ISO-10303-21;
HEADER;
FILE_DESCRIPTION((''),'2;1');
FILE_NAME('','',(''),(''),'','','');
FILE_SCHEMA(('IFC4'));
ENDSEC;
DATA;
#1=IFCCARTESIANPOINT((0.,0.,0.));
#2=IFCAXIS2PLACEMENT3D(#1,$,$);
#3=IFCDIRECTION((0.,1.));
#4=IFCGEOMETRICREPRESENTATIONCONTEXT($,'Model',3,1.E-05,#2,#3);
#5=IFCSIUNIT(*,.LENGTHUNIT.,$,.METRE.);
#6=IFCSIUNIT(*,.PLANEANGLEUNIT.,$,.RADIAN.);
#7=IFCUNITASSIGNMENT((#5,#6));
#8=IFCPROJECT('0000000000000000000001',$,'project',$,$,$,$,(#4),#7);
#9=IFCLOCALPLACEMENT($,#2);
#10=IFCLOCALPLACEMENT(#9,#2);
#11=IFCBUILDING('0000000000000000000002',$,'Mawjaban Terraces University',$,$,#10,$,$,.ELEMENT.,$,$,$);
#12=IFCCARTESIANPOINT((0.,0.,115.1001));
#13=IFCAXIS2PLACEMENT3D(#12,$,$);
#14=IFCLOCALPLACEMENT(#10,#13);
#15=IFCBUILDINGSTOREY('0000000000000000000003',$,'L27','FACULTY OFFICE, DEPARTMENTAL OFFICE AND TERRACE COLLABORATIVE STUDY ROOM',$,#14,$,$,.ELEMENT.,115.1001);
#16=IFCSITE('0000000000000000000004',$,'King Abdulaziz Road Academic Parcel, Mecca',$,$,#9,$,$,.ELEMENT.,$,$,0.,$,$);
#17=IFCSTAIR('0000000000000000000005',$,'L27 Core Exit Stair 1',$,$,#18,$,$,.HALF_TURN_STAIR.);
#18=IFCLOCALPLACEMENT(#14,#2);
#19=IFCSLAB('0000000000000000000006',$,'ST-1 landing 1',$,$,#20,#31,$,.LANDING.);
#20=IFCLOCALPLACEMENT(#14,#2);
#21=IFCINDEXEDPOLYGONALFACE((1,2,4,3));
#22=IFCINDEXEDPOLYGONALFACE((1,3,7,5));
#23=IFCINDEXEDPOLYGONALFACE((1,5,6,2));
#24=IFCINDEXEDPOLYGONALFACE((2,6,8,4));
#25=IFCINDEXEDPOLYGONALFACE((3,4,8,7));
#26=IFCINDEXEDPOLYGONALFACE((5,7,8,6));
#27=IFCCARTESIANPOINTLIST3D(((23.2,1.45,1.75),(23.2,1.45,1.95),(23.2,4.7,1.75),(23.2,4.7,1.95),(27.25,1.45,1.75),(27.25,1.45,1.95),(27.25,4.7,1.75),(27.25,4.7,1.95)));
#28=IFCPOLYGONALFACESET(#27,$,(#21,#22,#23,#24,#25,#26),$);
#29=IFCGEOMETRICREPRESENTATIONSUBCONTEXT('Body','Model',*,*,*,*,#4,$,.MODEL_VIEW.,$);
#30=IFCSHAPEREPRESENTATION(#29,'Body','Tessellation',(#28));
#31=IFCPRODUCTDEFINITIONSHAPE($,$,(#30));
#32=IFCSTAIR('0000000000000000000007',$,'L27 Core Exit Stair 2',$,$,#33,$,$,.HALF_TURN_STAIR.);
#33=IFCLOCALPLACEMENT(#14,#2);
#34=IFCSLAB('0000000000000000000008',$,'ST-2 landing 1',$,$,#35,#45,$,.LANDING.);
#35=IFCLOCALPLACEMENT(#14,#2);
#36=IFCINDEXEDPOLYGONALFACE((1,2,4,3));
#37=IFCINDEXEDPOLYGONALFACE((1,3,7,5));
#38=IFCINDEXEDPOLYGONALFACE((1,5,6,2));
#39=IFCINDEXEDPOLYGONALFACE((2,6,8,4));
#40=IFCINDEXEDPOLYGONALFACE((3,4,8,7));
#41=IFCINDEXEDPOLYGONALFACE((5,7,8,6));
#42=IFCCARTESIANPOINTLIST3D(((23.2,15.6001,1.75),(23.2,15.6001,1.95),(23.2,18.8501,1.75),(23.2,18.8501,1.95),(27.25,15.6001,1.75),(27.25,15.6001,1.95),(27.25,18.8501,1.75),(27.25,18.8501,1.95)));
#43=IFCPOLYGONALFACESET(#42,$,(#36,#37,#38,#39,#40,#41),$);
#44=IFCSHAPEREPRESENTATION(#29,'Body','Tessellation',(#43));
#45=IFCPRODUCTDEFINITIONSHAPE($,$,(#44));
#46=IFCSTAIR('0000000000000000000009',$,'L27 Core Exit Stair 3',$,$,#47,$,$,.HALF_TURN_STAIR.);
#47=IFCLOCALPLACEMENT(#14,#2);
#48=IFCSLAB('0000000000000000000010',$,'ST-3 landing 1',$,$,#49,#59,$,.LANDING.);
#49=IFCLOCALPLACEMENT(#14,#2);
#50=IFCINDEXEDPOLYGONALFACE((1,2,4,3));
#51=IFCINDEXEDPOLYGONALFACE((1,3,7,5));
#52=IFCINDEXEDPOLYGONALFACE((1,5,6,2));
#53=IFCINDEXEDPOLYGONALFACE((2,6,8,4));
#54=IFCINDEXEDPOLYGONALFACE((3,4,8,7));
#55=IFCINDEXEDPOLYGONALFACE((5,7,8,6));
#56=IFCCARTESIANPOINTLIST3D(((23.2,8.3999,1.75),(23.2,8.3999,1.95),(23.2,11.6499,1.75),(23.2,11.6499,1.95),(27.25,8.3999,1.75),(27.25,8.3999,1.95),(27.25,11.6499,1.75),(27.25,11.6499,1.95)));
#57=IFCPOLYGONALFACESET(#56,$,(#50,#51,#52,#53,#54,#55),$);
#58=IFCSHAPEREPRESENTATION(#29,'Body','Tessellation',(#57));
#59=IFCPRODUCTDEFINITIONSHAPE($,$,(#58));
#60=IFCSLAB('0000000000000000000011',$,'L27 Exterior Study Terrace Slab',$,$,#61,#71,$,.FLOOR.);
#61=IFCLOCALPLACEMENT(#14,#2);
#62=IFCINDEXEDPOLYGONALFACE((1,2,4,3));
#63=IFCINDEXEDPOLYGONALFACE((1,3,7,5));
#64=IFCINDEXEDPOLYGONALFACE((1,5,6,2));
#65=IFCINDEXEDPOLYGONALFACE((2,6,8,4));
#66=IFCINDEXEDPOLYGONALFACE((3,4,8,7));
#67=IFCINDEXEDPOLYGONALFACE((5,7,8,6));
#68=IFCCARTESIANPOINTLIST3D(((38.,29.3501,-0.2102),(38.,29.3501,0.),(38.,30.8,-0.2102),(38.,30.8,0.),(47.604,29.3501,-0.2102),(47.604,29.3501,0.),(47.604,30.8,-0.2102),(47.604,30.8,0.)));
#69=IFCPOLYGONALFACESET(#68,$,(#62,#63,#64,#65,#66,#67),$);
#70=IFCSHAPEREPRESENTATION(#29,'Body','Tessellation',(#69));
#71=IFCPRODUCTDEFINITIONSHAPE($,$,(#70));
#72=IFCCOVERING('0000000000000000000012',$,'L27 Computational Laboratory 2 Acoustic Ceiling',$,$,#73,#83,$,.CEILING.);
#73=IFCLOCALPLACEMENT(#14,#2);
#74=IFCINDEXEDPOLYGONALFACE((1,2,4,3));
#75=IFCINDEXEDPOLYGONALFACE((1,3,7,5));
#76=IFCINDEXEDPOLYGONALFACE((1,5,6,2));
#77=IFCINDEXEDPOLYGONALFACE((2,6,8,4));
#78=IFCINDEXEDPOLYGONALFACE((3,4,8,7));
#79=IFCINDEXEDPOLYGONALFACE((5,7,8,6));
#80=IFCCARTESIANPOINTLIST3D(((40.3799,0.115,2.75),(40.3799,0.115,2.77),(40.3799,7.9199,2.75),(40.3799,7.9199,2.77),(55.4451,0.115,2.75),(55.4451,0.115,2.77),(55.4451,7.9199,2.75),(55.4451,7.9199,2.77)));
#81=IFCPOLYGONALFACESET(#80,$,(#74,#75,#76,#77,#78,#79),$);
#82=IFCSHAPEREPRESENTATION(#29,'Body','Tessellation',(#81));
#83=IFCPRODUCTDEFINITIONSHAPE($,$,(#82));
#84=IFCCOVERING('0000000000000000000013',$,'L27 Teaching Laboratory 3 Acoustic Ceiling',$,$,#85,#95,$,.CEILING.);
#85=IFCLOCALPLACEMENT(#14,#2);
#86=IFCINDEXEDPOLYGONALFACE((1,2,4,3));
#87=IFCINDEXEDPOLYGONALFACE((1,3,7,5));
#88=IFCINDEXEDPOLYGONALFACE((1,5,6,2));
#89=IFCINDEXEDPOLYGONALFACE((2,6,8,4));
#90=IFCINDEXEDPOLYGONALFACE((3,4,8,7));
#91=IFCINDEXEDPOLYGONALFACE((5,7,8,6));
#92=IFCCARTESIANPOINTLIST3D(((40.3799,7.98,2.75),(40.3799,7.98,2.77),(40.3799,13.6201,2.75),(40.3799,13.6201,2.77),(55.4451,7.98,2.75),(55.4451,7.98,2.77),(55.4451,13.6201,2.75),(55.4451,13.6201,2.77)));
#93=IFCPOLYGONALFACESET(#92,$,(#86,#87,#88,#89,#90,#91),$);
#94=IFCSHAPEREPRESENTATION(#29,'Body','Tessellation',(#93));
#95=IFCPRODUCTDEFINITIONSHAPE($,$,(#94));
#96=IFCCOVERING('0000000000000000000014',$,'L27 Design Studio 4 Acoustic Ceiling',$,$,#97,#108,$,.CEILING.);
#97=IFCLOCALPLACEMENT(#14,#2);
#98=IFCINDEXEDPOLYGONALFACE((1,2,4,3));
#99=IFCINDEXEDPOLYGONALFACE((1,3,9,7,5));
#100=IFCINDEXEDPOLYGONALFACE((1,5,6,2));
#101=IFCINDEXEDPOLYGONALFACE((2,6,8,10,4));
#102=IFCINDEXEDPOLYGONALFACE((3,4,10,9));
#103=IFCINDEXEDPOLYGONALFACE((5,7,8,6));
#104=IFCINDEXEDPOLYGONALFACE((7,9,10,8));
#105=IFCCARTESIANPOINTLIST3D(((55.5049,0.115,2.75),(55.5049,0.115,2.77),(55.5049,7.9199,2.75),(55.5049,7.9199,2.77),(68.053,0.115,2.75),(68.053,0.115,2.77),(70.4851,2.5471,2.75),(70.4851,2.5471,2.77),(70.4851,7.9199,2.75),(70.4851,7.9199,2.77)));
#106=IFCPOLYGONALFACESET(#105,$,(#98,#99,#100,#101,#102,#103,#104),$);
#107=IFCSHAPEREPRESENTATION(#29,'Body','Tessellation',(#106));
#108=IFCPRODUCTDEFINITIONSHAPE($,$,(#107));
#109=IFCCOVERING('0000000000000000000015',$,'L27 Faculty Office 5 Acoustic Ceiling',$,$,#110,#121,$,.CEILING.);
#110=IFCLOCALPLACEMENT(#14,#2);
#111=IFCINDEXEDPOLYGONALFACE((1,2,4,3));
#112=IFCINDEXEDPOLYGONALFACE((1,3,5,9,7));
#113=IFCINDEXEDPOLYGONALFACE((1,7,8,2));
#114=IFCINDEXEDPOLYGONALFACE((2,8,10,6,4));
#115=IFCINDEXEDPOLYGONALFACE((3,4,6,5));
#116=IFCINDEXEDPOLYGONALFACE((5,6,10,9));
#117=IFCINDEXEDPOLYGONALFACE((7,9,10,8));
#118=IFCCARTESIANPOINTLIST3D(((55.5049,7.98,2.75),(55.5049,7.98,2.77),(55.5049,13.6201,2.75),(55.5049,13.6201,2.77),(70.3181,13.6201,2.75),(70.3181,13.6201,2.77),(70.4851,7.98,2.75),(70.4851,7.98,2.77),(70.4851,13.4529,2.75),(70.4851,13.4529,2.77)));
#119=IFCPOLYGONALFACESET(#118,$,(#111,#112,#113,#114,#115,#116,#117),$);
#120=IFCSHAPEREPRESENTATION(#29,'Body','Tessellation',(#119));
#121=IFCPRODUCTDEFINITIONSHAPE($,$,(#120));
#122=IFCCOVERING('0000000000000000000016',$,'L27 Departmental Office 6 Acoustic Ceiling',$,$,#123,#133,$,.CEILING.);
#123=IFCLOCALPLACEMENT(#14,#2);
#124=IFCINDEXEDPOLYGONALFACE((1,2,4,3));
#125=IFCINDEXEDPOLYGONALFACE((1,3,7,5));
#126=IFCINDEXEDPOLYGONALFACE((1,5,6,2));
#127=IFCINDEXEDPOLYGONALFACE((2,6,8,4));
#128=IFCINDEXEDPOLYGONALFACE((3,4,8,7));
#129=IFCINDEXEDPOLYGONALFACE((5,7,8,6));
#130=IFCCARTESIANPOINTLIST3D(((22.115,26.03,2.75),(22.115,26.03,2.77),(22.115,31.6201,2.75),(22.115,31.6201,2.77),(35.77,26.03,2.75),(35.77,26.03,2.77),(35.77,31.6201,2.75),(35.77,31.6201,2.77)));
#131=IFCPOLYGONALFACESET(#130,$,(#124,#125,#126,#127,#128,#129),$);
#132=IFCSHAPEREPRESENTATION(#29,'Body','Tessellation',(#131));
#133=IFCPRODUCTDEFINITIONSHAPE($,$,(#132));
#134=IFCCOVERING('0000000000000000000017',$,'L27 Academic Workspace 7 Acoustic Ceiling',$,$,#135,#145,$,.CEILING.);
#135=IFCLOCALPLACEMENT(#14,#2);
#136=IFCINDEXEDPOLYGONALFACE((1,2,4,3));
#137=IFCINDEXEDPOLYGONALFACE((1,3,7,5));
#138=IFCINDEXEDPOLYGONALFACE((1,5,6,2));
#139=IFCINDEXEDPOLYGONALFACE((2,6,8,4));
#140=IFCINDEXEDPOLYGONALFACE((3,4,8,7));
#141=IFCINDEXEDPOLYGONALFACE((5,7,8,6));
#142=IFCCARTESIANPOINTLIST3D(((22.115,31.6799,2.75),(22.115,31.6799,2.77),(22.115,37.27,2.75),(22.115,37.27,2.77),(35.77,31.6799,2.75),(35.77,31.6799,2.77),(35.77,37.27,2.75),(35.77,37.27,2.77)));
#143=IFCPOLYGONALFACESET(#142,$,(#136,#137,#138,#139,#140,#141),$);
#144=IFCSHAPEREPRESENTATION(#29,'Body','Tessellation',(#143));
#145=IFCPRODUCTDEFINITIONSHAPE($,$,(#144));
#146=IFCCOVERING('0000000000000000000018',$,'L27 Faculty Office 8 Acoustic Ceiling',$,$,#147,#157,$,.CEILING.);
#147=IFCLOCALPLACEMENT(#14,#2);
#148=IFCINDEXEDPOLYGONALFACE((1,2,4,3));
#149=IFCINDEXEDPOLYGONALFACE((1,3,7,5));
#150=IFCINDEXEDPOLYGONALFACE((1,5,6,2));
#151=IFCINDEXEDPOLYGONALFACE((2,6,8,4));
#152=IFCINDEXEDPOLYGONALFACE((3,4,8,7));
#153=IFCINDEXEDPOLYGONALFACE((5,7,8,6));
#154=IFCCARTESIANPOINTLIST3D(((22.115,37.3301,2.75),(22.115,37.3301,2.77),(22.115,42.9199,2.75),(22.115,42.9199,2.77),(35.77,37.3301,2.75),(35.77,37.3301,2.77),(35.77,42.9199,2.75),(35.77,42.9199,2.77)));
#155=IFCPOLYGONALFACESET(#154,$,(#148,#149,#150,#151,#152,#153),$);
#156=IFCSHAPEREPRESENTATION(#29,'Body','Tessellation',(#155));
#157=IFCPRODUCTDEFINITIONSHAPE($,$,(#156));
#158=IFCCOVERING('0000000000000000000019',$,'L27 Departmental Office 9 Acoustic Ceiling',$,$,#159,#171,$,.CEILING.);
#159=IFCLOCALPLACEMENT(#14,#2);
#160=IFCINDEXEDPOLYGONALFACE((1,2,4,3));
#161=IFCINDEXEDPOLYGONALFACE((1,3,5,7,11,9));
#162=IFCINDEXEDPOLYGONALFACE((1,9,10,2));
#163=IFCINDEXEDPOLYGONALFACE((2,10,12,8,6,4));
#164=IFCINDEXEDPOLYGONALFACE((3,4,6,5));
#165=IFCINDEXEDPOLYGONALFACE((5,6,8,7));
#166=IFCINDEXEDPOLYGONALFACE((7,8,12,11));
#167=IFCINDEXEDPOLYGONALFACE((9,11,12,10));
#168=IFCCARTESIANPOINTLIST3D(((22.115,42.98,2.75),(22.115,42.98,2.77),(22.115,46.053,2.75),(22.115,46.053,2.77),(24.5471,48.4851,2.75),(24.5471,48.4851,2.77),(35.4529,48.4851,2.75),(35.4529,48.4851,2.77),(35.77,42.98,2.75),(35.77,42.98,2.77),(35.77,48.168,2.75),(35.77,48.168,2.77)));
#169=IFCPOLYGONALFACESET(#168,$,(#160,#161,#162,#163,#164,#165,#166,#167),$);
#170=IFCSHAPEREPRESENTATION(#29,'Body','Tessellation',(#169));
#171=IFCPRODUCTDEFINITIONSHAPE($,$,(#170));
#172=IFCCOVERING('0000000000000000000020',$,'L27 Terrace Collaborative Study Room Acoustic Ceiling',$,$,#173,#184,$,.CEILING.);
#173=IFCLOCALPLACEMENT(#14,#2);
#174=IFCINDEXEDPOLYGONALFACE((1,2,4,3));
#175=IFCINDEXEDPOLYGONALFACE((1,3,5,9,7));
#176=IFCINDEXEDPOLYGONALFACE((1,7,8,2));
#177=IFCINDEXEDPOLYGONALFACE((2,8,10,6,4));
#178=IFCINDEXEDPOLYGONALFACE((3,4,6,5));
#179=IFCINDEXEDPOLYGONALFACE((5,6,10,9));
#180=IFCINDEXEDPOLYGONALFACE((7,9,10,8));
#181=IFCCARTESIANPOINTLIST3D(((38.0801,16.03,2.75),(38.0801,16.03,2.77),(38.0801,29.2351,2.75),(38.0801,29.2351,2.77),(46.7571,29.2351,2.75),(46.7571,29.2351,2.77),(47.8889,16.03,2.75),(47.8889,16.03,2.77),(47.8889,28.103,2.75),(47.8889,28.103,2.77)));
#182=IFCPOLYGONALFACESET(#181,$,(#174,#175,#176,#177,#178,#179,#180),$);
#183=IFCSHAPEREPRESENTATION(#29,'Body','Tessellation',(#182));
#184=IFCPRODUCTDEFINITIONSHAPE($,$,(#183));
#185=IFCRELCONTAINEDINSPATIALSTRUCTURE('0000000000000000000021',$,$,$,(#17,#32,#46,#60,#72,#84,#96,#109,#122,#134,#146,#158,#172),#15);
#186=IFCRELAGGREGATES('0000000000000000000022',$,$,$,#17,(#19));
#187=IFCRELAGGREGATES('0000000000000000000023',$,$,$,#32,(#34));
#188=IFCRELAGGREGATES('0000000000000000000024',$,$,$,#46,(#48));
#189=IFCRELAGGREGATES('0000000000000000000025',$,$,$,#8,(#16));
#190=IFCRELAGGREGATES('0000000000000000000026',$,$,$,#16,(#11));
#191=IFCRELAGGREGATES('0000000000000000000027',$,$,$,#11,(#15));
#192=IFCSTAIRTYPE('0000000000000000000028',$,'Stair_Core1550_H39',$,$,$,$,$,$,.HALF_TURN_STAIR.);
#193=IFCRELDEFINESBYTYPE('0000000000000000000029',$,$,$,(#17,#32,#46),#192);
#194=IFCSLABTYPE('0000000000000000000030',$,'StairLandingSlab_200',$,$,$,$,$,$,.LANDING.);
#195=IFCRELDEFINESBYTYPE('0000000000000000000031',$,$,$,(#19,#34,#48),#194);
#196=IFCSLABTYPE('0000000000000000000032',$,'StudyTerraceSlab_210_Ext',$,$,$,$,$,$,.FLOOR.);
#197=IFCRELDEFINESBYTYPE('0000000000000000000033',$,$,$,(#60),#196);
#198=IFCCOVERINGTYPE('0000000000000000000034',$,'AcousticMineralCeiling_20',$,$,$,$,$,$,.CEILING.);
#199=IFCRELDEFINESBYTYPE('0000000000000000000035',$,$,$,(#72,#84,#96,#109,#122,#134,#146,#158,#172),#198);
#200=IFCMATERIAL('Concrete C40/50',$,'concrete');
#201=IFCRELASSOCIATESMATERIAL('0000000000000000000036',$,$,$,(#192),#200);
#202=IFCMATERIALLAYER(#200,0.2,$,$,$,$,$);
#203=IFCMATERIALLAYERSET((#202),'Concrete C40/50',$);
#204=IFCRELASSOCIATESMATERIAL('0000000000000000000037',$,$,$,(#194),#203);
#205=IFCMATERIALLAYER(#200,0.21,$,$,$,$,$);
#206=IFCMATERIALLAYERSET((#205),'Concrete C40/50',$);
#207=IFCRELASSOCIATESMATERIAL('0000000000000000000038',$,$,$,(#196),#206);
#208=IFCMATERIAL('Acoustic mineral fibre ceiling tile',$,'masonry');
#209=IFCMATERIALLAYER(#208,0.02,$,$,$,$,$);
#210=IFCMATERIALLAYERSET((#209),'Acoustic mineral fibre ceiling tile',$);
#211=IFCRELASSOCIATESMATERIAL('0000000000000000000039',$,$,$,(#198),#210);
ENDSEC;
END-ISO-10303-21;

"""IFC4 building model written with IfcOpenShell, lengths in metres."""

from ifc_helpers import new_model, si_unit, direction, frame, origin, place, context, subcontext, project, spatial, polyline, outline, extrude, material, layer, layer_set, type_object, element, aggregate, save


model = new_model("IFC4")

# Units and contexts
model_context = context("Model", 3, precision=1e-05, world=origin(), true_north=direction((0.0, 1.0)))
body_context = subcontext(model_context, "Body", "Model", "MODEL_VIEW")
ifc_project = project(units=[si_unit("LENGTHUNIT", "METRE"), si_unit("PLANEANGLEUNIT", "RADIAN")], contexts=[model_context])

# Site, building, storey
site_placement = place(None, origin())
site = spatial("IfcSite", under=ifc_project, at=site_placement, Name="King Abdulaziz Road Academic Parcel, Mecca", CompositionType="ELEMENT", RefElevation=0.0)
building_placement = place(site_placement, origin())
building = spatial("IfcBuilding", under=site, at=building_placement, Name="Mawjaban Terraces University", CompositionType="ELEMENT")
storey_placement = place(building_placement, frame((0.0, 0.0, 115.1001)))
storey = spatial("IfcBuildingStorey", under=building, at=storey_placement, Name="L27", Description="FACULTY OFFICE, DEPARTMENTAL OFFICE AND TERRACE COLLABORATIVE STUDY ROOM", CompositionType="ELEMENT", Elevation=115.1001)

# Shared definitions
ifc_material_1 = material(Name="Concrete C40/50", Category="concrete")

# Stairs, slabs
stair_type = type_object("IfcStairType", Name="Stair_Core1550_H39", PredefinedType="HALF_TURN_STAIR", material=ifc_material_1)
stair_1_placement = place(storey_placement, origin())
stair_1 = element("IfcStair", 1, at=stair_1_placement, inside=storey, type_object=stair_type, Name="L27 Core Exit Stair 1", PredefinedType="HALF_TURN_STAIR")
ifc_layer_1 = layer(ifc_material_1, 0.2)
ifc_layer_set_1 = layer_set([ifc_layer_1], Name="Concrete C40/50")
slab_type_1 = type_object("IfcSlabType", Name="StairLandingSlab_200", PredefinedType="LANDING", material=ifc_layer_set_1)
slab_1_placement = place(storey_placement, frame((0.0, 0.0, 1.75)))
slab_1 = element("IfcSlab", 2, at=slab_1_placement, type_object=slab_type_1, Name="ST-1 landing 1", PredefinedType="LANDING", context=body_context, shape_type="SweptSolid", body=[
    extrude(outline(polyline([(27.25, 4.7), (23.2, 4.7), (23.2, 1.45), (27.25, 1.45), (27.25, 4.7)])), origin(), (0.0, 0.0, 1.0), 0.2),
])
aggregate(stair_1, [slab_1])
stair_2_placement = place(storey_placement, origin())
stair_2 = element("IfcStair", 3, at=stair_2_placement, inside=storey, type_object=stair_type, Name="L27 Core Exit Stair 2", PredefinedType="HALF_TURN_STAIR")
slab_2_placement = place(storey_placement, frame((0.0, 0.0, 1.75)))
slab_2 = element("IfcSlab", 4, at=slab_2_placement, type_object=slab_type_1, Name="ST-2 landing 1", PredefinedType="LANDING", context=body_context, shape_type="SweptSolid", body=[
    extrude(outline(polyline([(27.25, 18.8501), (23.2, 18.8501), (23.2, 15.6001), (27.25, 15.6001), (27.25, 18.8501)])), origin(), (0.0, 0.0, 1.0), 0.2),
])
aggregate(stair_2, [slab_2])
stair_3_placement = place(storey_placement, origin())
stair_3 = element("IfcStair", 5, at=stair_3_placement, inside=storey, type_object=stair_type, Name="L27 Core Exit Stair 3", PredefinedType="HALF_TURN_STAIR")
slab_3_placement = place(storey_placement, frame((0.0, 0.0, 1.75)))
slab_3 = element("IfcSlab", 6, at=slab_3_placement, type_object=slab_type_1, Name="ST-3 landing 1", PredefinedType="LANDING", context=body_context, shape_type="SweptSolid", body=[
    extrude(outline(polyline([(27.25, 11.6499), (23.2, 11.6499), (23.2, 8.3999), (27.25, 8.3999), (27.25, 11.6499)])), origin(), (0.0, 0.0, 1.0), 0.2),
])
aggregate(stair_3, [slab_3])

# Slab
ifc_layer_2 = layer(ifc_material_1, 0.21)
ifc_layer_set_2 = layer_set([ifc_layer_2], Name="Concrete C40/50")
slab_type_2 = type_object("IfcSlabType", Name="StudyTerraceSlab_210_Ext", PredefinedType="FLOOR", material=ifc_layer_set_2)
slab_4_placement = place(storey_placement, frame((0.0, 0.0, -0.2102)))
element("IfcSlab", 7, at=slab_4_placement, inside=storey, type_object=slab_type_2, Name="L27 Exterior Study Terrace Slab", PredefinedType="FLOOR", context=body_context, shape_type="SweptSolid", body=[
    extrude(outline(polyline([(38.0, 29.3501), (47.604, 29.3501), (47.604, 30.8), (38.0, 30.8), (38.0, 29.3501)])), origin(), (0.0, 0.0, 1.0), 0.2102),
])

# Coverings
ifc_material_2 = material(Name="Acoustic mineral fibre ceiling tile", Category="masonry")
ifc_layer_3 = layer(ifc_material_2, 0.02)
ifc_layer_set_3 = layer_set([ifc_layer_3], Name="Acoustic mineral fibre ceiling tile")
covering_type = type_object("IfcCoveringType", Name="AcousticMineralCeiling_20", PredefinedType="CEILING", material=ifc_layer_set_3)
covering_1_placement = place(storey_placement, frame((0.0, 0.0, 2.75)))
element("IfcCovering", 8, at=covering_1_placement, inside=storey, type_object=covering_type, Name="L27 Computational Laboratory 2 Acoustic Ceiling", PredefinedType="CEILING", context=body_context, shape_type="SweptSolid", body=[
    extrude(outline(polyline([(40.3799, 0.115), (55.4451, 0.115), (55.4451, 7.9199), (40.3799, 7.9199), (40.3799, 0.115)])), origin(), (0.0, 0.0, 1.0), 0.02),
])
covering_2_placement = place(storey_placement, frame((0.0, 0.0, 2.75)))
element("IfcCovering", 9, at=covering_2_placement, inside=storey, type_object=covering_type, Name="L27 Teaching Laboratory 3 Acoustic Ceiling", PredefinedType="CEILING", context=body_context, shape_type="SweptSolid", body=[
    extrude(outline(polyline([(55.4451, 7.98), (55.4451, 13.6201), (40.3799, 13.6201), (40.3799, 7.98), (55.4451, 7.98)])), origin(), (0.0, 0.0, 1.0), 0.02),
])
covering_3_placement = place(storey_placement, frame((0.0, 0.0, 2.75)))
element("IfcCovering", 10, at=covering_3_placement, inside=storey, type_object=covering_type, Name="L27 Design Studio 4 Acoustic Ceiling", PredefinedType="CEILING", context=body_context, shape_type="SweptSolid", body=[
    extrude(outline(polyline([(55.5049, 0.115), (68.053, 0.115), (70.4851, 2.5471), (70.4851, 7.9199), (55.5049, 7.9199), (55.5049, 0.115)])), origin(), (0.0, 0.0, 1.0), 0.02),
])
covering_4_placement = place(storey_placement, frame((0.0, 0.0, 2.75)))
element("IfcCovering", 11, at=covering_4_placement, inside=storey, type_object=covering_type, Name="L27 Faculty Office 5 Acoustic Ceiling", PredefinedType="CEILING", context=body_context, shape_type="SweptSolid", body=[
    extrude(outline(polyline([(70.4851, 7.98), (70.4851, 13.4529), (70.3181, 13.6201), (55.5049, 13.6201), (55.5049, 7.98), (70.4851, 7.98)])), origin(), (0.0, 0.0, 1.0), 0.02),
])
covering_5_placement = place(storey_placement, frame((0.0, 0.0, 2.75)))
element("IfcCovering", 12, at=covering_5_placement, inside=storey, type_object=covering_type, Name="L27 Departmental Office 6 Acoustic Ceiling", PredefinedType="CEILING", context=body_context, shape_type="SweptSolid", body=[
    extrude(outline(polyline([(22.115, 31.6201), (22.115, 26.03), (35.77, 26.03), (35.77, 31.6201), (22.115, 31.6201)])), origin(), (0.0, 0.0, 1.0), 0.02),
])
covering_6_placement = place(storey_placement, frame((0.0, 0.0, 2.75)))
element("IfcCovering", 13, at=covering_6_placement, inside=storey, type_object=covering_type, Name="L27 Academic Workspace 7 Acoustic Ceiling", PredefinedType="CEILING", context=body_context, shape_type="SweptSolid", body=[
    extrude(outline(polyline([(22.115, 37.27), (22.115, 31.6799), (35.77, 31.6799), (35.77, 37.27), (22.115, 37.27)])), origin(), (0.0, 0.0, 1.0), 0.02),
])
covering_7_placement = place(storey_placement, frame((0.0, 0.0, 2.75)))
element("IfcCovering", 14, at=covering_7_placement, inside=storey, type_object=covering_type, Name="L27 Faculty Office 8 Acoustic Ceiling", PredefinedType="CEILING", context=body_context, shape_type="SweptSolid", body=[
    extrude(outline(polyline([(22.115, 42.9199), (22.115, 37.3301), (35.77, 37.3301), (35.77, 42.9199), (22.115, 42.9199)])), origin(), (0.0, 0.0, 1.0), 0.02),
])
covering_8_placement = place(storey_placement, frame((0.0, 0.0, 2.75)))
element("IfcCovering", 15, at=covering_8_placement, inside=storey, type_object=covering_type, Name="L27 Departmental Office 9 Acoustic Ceiling", PredefinedType="CEILING", context=body_context, shape_type="SweptSolid", body=[
    extrude(outline(polyline([(35.77, 48.168), (35.4529, 48.4851), (24.5471, 48.4851), (22.115, 46.053), (22.115, 42.98), (35.77, 42.98), (35.77, 48.168)])), origin(), (0.0, 0.0, 1.0), 0.02),
])
covering_9_placement = place(storey_placement, frame((0.0, 0.0, 2.75)))
element("IfcCovering", 16, at=covering_9_placement, inside=storey, type_object=covering_type, Name="L27 Terrace Collaborative Study Room Acoustic Ceiling", PredefinedType="CEILING", context=body_context, shape_type="SweptSolid", body=[
    extrude(outline(polyline([(47.8889, 16.03), (47.8889, 28.103), (46.7571, 29.2351), (38.0801, 29.2351), (38.0801, 16.03), (47.8889, 16.03)])), origin(), (0.0, 0.0, 1.0), 0.02),
])

save(model, "model.ifc")
